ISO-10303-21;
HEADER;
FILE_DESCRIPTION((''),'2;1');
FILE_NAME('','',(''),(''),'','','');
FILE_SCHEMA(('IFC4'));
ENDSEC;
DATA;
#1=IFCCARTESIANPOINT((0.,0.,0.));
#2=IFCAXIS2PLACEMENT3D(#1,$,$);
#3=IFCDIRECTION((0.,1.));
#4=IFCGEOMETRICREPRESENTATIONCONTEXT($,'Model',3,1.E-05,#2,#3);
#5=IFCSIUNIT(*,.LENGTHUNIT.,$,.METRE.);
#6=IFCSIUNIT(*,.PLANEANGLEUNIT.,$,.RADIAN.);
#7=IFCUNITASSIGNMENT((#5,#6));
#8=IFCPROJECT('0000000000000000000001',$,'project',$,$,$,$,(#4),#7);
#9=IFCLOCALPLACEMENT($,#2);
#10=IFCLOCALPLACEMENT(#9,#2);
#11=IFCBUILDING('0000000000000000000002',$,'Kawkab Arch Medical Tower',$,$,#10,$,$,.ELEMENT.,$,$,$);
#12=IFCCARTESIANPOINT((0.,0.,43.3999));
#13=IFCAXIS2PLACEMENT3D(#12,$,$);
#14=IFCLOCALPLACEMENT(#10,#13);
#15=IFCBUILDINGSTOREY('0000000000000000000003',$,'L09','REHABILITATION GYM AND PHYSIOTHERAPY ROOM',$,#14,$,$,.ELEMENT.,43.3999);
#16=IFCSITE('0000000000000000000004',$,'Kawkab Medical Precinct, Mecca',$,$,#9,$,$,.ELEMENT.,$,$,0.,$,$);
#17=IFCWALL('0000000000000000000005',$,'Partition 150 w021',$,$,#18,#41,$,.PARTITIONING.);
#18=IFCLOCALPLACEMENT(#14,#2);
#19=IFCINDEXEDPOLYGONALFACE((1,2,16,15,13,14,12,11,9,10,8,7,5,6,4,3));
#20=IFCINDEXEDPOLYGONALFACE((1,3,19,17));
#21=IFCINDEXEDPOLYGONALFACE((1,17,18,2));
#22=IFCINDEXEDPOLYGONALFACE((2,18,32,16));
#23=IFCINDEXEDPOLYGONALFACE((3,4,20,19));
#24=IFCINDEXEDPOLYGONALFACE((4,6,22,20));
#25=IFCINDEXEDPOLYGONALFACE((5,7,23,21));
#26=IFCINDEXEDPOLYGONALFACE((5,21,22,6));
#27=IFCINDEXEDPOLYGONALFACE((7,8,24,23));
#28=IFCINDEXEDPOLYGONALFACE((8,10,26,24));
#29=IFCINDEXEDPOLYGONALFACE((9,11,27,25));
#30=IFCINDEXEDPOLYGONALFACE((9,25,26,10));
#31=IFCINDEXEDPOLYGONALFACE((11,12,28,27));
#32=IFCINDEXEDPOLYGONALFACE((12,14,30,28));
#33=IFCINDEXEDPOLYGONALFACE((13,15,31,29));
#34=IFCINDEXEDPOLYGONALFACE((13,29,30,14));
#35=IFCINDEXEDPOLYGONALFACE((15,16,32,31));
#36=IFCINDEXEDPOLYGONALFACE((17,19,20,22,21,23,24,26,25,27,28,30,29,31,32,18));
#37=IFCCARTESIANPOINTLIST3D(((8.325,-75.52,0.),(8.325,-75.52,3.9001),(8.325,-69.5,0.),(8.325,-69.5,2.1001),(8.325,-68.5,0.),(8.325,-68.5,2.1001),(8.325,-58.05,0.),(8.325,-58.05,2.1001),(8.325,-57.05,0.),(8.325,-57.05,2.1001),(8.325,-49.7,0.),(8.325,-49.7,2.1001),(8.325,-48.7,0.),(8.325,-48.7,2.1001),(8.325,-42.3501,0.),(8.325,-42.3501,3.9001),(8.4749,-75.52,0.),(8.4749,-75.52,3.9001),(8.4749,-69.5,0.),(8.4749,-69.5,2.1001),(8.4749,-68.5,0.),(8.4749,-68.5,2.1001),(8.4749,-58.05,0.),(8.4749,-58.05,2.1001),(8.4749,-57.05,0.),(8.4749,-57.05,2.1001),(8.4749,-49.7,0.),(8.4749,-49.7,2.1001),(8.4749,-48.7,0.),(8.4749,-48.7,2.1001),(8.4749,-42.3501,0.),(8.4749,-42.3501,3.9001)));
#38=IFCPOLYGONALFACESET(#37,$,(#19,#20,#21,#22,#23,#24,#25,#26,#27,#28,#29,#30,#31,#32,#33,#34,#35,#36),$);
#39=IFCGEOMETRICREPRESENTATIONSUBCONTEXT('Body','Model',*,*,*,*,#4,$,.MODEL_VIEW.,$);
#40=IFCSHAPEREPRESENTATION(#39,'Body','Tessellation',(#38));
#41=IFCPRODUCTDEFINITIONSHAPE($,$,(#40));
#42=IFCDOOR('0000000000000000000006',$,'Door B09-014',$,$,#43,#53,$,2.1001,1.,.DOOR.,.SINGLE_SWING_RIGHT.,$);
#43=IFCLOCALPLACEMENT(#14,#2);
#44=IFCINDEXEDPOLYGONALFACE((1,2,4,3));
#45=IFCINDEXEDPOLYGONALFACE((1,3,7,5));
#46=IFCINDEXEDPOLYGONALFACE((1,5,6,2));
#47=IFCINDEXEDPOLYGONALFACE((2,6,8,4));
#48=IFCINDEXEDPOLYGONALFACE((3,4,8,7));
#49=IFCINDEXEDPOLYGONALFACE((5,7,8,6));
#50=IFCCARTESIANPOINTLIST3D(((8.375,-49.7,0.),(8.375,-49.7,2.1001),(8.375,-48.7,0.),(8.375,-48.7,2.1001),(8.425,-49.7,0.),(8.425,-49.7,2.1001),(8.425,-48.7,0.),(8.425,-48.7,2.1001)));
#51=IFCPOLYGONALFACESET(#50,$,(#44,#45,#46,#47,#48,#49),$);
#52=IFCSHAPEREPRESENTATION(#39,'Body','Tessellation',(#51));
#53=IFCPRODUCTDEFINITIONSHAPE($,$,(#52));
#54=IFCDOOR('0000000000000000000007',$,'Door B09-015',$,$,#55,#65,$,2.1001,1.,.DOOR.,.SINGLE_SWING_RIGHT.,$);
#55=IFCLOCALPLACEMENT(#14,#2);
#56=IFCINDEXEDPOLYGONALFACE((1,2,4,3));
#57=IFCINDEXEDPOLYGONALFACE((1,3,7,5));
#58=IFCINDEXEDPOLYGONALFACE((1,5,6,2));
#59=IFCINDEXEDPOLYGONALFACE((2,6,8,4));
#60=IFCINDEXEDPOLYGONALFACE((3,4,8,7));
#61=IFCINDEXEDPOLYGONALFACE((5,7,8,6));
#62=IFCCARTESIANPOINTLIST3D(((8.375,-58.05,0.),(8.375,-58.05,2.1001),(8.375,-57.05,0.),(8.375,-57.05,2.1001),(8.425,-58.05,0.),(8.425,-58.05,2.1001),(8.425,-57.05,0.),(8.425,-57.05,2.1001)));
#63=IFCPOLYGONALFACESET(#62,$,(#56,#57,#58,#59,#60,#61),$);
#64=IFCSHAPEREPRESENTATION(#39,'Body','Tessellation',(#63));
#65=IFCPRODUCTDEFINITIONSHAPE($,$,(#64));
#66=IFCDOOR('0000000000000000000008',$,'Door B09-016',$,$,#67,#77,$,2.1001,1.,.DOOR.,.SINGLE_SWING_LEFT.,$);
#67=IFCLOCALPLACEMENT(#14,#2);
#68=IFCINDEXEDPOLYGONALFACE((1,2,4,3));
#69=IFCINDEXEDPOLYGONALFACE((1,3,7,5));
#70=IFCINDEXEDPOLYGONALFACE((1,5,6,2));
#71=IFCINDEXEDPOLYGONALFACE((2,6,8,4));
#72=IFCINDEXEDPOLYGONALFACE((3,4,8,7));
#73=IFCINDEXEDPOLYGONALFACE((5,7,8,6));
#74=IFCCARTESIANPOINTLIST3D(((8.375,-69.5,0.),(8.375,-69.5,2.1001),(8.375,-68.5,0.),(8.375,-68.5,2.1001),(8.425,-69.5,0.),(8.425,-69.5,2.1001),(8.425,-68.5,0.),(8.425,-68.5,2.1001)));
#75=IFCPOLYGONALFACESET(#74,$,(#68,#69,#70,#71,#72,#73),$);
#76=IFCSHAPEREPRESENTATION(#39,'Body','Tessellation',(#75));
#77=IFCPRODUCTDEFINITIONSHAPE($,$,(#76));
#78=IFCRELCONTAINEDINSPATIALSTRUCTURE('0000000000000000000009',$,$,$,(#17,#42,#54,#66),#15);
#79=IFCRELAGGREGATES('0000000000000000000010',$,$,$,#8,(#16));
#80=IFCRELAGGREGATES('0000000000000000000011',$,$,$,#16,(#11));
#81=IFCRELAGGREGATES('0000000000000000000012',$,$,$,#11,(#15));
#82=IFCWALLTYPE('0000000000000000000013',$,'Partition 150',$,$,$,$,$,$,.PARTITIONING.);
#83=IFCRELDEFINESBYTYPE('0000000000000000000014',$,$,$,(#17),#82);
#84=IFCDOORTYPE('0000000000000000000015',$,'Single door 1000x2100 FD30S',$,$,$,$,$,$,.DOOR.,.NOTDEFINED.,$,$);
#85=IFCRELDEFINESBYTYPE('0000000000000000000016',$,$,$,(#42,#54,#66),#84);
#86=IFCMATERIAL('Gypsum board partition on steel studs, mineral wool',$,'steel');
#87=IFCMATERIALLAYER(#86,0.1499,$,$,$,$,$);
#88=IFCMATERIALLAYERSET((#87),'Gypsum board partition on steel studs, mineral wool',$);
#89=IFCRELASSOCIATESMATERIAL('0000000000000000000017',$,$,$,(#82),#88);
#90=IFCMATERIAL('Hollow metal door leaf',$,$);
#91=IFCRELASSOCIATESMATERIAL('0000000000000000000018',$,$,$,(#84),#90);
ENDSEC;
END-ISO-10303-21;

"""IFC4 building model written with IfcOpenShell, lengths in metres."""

from ifc_helpers import new_model, si_unit, direction, frame, frame_2d, origin, place, context, subcontext, project, spatial, rectangle, extrude, material, layer, layer_set, type_object, element, fill, save


model = new_model("IFC4")

# Units and contexts
model_context = context("Model", 3, precision=1e-05, world=origin(), true_north=direction((0.0, 1.0)))
body_context = subcontext(model_context, "Body", "Model", "MODEL_VIEW")
ifc_project = project(units=[si_unit("LENGTHUNIT", "METRE"), si_unit("PLANEANGLEUNIT", "RADIAN")], contexts=[model_context])

# Site, building, storey
site_placement = place(None, origin())
site = spatial("IfcSite", under=ifc_project, at=site_placement, Name="Kawkab Medical Precinct, Mecca", CompositionType="ELEMENT", RefElevation=0.0)
building_placement = place(site_placement, origin())
building = spatial("IfcBuilding", under=site, at=building_placement, Name="Kawkab Arch Medical Tower", CompositionType="ELEMENT")
storey_placement = place(building_placement, frame((0.0, 0.0, 43.3999)))
storey = spatial("IfcBuildingStorey", under=building, at=storey_placement, Name="L09", Description="REHABILITATION GYM AND PHYSIOTHERAPY ROOM", CompositionType="ELEMENT", Elevation=43.3999)

# Shared definitions
ifc_material_1 = material(Name="Gypsum board partition on steel studs, mineral wool", Category="steel")
ifc_layer_1 = layer(ifc_material_1, 0.1499)
ifc_layer_set_1 = layer_set([ifc_layer_1], Name="Gypsum board partition on steel studs, mineral wool")
wall_type_1 = type_object("IfcWallType", Name="Partition 150", PredefinedType="PARTITIONING", material=ifc_layer_set_1)

# Wall, openings, doors
wall_1_placement = place(storey_placement, frame((8.3999, -75.52, 0.0), z_axis=(0.0, 0.0, 1.0), x_axis=(0.0, 1.0, 0.0)))
wall_1 = element("IfcWall", 1, at=wall_1_placement, inside=storey, type_object=wall_type_1, Name="Partition 150 w021", PredefinedType="PARTITIONING", context=body_context, shape_type="SweptSolid", body=[
    extrude(rectangle(XDim=33.1699, YDim=0.1499, at=frame_2d((16.585, 0.0))), origin(), (0.0, 0.0, 1.0), 3.9001),
])
opening_1_placement = place(wall_1_placement, frame((25.8201, 0.0, 0.0)))
opening_1 = element("IfcOpeningElement", 2, at=opening_1_placement, cuts=wall_1, PredefinedType="OPENING", context=body_context, shape_type="SweptSolid", body=[
    extrude(rectangle(XDim=1.0, YDim=2.1001, at=frame_2d((0.5, 1.05))), frame((0.0, 0.085, 0.0), z_axis=(0.0, -1.0, 0.0), x_axis=(1.0, 0.0, 0.0)), (0.0, 0.0, 1.0), 0.1699),
])
opening_2_placement = place(wall_1_placement, frame((17.47, 0.0, 0.0)))
opening_2 = element("IfcOpeningElement", 3, at=opening_2_placement, cuts=wall_1, PredefinedType="OPENING", context=body_context, shape_type="SweptSolid", body=[
    extrude(rectangle(XDim=1.0, YDim=2.1001, at=frame_2d((0.5, 1.05))), frame((0.0, 0.085, 0.0), z_axis=(0.0, -1.0, 0.0), x_axis=(1.0, 0.0, 0.0)), (0.0, 0.0, 1.0), 0.1699),
])
opening_3_placement = place(wall_1_placement, frame((6.02, 0.0, 0.0)))
opening_3 = element("IfcOpeningElement", 4, at=opening_3_placement, cuts=wall_1, PredefinedType="OPENING", context=body_context, shape_type="SweptSolid", body=[
    extrude(rectangle(XDim=1.0, YDim=2.1001, at=frame_2d((0.5, 1.05))), frame((0.0, 0.085, 0.0), z_axis=(0.0, -1.0, 0.0), x_axis=(1.0, 0.0, 0.0)), (0.0, 0.0, 1.0), 0.1699),
])
ifc_material_2 = material(Name="Hollow metal door leaf")
door_type_1 = type_object("IfcDoorType", Name="Single door 1000x2100 FD30S", OperationType="NOTDEFINED", PredefinedType="DOOR", material=ifc_material_2)
door_1_placement = place(opening_1_placement, origin())
door_1 = element("IfcDoor", 5, at=door_1_placement, inside=storey, type_object=door_type_1, Name="Door B09-014", OperationType="SINGLE_SWING_RIGHT", OverallHeight=2.1001, OverallWidth=1.0, PredefinedType="DOOR", context=body_context, shape_type="SweptSolid", body=[
    extrude(rectangle(XDim=1.0, YDim=2.1001, at=frame_2d((0.5, 1.05))), frame((0.0, 0.0249, 0.0), z_axis=(0.0, -1.0, 0.0), x_axis=(1.0, 0.0, 0.0)), (0.0, 0.0, 1.0), 0.05),
])
fill(opening_1, door_1)
door_2_placement = place(opening_2_placement, origin())
door_2 = element("IfcDoor", 6, at=door_2_placement, inside=storey, type_object=door_type_1, Name="Door B09-015", OperationType="SINGLE_SWING_RIGHT", OverallHeight=2.1001, OverallWidth=1.0, PredefinedType="DOOR", context=body_context, shape_type="SweptSolid", body=[
    extrude(rectangle(XDim=1.0, YDim=2.1001, at=frame_2d((0.5, 1.05))), frame((0.0, 0.0249, 0.0), z_axis=(0.0, -1.0, 0.0), x_axis=(1.0, 0.0, 0.0)), (0.0, 0.0, 1.0), 0.05),
])
fill(opening_2, door_2)
door_3_placement = place(opening_3_placement, origin())
door_3 = element("IfcDoor", 7, at=door_3_placement, inside=storey, type_object=door_type_1, Name="Door B09-016", OperationType="SINGLE_SWING_LEFT", OverallHeight=2.1001, OverallWidth=1.0, PredefinedType="DOOR", context=body_context, shape_type="SweptSolid", body=[
    extrude(rectangle(XDim=1.0, YDim=2.1001, at=frame_2d((0.5, 1.05))), frame((0.0, 0.0249, 0.0), z_axis=(0.0, -1.0, 0.0), x_axis=(1.0, 0.0, 0.0)), (0.0, 0.0, 1.0), 0.05),
])
fill(opening_3, door_3)

save(model, "model.ifc")
